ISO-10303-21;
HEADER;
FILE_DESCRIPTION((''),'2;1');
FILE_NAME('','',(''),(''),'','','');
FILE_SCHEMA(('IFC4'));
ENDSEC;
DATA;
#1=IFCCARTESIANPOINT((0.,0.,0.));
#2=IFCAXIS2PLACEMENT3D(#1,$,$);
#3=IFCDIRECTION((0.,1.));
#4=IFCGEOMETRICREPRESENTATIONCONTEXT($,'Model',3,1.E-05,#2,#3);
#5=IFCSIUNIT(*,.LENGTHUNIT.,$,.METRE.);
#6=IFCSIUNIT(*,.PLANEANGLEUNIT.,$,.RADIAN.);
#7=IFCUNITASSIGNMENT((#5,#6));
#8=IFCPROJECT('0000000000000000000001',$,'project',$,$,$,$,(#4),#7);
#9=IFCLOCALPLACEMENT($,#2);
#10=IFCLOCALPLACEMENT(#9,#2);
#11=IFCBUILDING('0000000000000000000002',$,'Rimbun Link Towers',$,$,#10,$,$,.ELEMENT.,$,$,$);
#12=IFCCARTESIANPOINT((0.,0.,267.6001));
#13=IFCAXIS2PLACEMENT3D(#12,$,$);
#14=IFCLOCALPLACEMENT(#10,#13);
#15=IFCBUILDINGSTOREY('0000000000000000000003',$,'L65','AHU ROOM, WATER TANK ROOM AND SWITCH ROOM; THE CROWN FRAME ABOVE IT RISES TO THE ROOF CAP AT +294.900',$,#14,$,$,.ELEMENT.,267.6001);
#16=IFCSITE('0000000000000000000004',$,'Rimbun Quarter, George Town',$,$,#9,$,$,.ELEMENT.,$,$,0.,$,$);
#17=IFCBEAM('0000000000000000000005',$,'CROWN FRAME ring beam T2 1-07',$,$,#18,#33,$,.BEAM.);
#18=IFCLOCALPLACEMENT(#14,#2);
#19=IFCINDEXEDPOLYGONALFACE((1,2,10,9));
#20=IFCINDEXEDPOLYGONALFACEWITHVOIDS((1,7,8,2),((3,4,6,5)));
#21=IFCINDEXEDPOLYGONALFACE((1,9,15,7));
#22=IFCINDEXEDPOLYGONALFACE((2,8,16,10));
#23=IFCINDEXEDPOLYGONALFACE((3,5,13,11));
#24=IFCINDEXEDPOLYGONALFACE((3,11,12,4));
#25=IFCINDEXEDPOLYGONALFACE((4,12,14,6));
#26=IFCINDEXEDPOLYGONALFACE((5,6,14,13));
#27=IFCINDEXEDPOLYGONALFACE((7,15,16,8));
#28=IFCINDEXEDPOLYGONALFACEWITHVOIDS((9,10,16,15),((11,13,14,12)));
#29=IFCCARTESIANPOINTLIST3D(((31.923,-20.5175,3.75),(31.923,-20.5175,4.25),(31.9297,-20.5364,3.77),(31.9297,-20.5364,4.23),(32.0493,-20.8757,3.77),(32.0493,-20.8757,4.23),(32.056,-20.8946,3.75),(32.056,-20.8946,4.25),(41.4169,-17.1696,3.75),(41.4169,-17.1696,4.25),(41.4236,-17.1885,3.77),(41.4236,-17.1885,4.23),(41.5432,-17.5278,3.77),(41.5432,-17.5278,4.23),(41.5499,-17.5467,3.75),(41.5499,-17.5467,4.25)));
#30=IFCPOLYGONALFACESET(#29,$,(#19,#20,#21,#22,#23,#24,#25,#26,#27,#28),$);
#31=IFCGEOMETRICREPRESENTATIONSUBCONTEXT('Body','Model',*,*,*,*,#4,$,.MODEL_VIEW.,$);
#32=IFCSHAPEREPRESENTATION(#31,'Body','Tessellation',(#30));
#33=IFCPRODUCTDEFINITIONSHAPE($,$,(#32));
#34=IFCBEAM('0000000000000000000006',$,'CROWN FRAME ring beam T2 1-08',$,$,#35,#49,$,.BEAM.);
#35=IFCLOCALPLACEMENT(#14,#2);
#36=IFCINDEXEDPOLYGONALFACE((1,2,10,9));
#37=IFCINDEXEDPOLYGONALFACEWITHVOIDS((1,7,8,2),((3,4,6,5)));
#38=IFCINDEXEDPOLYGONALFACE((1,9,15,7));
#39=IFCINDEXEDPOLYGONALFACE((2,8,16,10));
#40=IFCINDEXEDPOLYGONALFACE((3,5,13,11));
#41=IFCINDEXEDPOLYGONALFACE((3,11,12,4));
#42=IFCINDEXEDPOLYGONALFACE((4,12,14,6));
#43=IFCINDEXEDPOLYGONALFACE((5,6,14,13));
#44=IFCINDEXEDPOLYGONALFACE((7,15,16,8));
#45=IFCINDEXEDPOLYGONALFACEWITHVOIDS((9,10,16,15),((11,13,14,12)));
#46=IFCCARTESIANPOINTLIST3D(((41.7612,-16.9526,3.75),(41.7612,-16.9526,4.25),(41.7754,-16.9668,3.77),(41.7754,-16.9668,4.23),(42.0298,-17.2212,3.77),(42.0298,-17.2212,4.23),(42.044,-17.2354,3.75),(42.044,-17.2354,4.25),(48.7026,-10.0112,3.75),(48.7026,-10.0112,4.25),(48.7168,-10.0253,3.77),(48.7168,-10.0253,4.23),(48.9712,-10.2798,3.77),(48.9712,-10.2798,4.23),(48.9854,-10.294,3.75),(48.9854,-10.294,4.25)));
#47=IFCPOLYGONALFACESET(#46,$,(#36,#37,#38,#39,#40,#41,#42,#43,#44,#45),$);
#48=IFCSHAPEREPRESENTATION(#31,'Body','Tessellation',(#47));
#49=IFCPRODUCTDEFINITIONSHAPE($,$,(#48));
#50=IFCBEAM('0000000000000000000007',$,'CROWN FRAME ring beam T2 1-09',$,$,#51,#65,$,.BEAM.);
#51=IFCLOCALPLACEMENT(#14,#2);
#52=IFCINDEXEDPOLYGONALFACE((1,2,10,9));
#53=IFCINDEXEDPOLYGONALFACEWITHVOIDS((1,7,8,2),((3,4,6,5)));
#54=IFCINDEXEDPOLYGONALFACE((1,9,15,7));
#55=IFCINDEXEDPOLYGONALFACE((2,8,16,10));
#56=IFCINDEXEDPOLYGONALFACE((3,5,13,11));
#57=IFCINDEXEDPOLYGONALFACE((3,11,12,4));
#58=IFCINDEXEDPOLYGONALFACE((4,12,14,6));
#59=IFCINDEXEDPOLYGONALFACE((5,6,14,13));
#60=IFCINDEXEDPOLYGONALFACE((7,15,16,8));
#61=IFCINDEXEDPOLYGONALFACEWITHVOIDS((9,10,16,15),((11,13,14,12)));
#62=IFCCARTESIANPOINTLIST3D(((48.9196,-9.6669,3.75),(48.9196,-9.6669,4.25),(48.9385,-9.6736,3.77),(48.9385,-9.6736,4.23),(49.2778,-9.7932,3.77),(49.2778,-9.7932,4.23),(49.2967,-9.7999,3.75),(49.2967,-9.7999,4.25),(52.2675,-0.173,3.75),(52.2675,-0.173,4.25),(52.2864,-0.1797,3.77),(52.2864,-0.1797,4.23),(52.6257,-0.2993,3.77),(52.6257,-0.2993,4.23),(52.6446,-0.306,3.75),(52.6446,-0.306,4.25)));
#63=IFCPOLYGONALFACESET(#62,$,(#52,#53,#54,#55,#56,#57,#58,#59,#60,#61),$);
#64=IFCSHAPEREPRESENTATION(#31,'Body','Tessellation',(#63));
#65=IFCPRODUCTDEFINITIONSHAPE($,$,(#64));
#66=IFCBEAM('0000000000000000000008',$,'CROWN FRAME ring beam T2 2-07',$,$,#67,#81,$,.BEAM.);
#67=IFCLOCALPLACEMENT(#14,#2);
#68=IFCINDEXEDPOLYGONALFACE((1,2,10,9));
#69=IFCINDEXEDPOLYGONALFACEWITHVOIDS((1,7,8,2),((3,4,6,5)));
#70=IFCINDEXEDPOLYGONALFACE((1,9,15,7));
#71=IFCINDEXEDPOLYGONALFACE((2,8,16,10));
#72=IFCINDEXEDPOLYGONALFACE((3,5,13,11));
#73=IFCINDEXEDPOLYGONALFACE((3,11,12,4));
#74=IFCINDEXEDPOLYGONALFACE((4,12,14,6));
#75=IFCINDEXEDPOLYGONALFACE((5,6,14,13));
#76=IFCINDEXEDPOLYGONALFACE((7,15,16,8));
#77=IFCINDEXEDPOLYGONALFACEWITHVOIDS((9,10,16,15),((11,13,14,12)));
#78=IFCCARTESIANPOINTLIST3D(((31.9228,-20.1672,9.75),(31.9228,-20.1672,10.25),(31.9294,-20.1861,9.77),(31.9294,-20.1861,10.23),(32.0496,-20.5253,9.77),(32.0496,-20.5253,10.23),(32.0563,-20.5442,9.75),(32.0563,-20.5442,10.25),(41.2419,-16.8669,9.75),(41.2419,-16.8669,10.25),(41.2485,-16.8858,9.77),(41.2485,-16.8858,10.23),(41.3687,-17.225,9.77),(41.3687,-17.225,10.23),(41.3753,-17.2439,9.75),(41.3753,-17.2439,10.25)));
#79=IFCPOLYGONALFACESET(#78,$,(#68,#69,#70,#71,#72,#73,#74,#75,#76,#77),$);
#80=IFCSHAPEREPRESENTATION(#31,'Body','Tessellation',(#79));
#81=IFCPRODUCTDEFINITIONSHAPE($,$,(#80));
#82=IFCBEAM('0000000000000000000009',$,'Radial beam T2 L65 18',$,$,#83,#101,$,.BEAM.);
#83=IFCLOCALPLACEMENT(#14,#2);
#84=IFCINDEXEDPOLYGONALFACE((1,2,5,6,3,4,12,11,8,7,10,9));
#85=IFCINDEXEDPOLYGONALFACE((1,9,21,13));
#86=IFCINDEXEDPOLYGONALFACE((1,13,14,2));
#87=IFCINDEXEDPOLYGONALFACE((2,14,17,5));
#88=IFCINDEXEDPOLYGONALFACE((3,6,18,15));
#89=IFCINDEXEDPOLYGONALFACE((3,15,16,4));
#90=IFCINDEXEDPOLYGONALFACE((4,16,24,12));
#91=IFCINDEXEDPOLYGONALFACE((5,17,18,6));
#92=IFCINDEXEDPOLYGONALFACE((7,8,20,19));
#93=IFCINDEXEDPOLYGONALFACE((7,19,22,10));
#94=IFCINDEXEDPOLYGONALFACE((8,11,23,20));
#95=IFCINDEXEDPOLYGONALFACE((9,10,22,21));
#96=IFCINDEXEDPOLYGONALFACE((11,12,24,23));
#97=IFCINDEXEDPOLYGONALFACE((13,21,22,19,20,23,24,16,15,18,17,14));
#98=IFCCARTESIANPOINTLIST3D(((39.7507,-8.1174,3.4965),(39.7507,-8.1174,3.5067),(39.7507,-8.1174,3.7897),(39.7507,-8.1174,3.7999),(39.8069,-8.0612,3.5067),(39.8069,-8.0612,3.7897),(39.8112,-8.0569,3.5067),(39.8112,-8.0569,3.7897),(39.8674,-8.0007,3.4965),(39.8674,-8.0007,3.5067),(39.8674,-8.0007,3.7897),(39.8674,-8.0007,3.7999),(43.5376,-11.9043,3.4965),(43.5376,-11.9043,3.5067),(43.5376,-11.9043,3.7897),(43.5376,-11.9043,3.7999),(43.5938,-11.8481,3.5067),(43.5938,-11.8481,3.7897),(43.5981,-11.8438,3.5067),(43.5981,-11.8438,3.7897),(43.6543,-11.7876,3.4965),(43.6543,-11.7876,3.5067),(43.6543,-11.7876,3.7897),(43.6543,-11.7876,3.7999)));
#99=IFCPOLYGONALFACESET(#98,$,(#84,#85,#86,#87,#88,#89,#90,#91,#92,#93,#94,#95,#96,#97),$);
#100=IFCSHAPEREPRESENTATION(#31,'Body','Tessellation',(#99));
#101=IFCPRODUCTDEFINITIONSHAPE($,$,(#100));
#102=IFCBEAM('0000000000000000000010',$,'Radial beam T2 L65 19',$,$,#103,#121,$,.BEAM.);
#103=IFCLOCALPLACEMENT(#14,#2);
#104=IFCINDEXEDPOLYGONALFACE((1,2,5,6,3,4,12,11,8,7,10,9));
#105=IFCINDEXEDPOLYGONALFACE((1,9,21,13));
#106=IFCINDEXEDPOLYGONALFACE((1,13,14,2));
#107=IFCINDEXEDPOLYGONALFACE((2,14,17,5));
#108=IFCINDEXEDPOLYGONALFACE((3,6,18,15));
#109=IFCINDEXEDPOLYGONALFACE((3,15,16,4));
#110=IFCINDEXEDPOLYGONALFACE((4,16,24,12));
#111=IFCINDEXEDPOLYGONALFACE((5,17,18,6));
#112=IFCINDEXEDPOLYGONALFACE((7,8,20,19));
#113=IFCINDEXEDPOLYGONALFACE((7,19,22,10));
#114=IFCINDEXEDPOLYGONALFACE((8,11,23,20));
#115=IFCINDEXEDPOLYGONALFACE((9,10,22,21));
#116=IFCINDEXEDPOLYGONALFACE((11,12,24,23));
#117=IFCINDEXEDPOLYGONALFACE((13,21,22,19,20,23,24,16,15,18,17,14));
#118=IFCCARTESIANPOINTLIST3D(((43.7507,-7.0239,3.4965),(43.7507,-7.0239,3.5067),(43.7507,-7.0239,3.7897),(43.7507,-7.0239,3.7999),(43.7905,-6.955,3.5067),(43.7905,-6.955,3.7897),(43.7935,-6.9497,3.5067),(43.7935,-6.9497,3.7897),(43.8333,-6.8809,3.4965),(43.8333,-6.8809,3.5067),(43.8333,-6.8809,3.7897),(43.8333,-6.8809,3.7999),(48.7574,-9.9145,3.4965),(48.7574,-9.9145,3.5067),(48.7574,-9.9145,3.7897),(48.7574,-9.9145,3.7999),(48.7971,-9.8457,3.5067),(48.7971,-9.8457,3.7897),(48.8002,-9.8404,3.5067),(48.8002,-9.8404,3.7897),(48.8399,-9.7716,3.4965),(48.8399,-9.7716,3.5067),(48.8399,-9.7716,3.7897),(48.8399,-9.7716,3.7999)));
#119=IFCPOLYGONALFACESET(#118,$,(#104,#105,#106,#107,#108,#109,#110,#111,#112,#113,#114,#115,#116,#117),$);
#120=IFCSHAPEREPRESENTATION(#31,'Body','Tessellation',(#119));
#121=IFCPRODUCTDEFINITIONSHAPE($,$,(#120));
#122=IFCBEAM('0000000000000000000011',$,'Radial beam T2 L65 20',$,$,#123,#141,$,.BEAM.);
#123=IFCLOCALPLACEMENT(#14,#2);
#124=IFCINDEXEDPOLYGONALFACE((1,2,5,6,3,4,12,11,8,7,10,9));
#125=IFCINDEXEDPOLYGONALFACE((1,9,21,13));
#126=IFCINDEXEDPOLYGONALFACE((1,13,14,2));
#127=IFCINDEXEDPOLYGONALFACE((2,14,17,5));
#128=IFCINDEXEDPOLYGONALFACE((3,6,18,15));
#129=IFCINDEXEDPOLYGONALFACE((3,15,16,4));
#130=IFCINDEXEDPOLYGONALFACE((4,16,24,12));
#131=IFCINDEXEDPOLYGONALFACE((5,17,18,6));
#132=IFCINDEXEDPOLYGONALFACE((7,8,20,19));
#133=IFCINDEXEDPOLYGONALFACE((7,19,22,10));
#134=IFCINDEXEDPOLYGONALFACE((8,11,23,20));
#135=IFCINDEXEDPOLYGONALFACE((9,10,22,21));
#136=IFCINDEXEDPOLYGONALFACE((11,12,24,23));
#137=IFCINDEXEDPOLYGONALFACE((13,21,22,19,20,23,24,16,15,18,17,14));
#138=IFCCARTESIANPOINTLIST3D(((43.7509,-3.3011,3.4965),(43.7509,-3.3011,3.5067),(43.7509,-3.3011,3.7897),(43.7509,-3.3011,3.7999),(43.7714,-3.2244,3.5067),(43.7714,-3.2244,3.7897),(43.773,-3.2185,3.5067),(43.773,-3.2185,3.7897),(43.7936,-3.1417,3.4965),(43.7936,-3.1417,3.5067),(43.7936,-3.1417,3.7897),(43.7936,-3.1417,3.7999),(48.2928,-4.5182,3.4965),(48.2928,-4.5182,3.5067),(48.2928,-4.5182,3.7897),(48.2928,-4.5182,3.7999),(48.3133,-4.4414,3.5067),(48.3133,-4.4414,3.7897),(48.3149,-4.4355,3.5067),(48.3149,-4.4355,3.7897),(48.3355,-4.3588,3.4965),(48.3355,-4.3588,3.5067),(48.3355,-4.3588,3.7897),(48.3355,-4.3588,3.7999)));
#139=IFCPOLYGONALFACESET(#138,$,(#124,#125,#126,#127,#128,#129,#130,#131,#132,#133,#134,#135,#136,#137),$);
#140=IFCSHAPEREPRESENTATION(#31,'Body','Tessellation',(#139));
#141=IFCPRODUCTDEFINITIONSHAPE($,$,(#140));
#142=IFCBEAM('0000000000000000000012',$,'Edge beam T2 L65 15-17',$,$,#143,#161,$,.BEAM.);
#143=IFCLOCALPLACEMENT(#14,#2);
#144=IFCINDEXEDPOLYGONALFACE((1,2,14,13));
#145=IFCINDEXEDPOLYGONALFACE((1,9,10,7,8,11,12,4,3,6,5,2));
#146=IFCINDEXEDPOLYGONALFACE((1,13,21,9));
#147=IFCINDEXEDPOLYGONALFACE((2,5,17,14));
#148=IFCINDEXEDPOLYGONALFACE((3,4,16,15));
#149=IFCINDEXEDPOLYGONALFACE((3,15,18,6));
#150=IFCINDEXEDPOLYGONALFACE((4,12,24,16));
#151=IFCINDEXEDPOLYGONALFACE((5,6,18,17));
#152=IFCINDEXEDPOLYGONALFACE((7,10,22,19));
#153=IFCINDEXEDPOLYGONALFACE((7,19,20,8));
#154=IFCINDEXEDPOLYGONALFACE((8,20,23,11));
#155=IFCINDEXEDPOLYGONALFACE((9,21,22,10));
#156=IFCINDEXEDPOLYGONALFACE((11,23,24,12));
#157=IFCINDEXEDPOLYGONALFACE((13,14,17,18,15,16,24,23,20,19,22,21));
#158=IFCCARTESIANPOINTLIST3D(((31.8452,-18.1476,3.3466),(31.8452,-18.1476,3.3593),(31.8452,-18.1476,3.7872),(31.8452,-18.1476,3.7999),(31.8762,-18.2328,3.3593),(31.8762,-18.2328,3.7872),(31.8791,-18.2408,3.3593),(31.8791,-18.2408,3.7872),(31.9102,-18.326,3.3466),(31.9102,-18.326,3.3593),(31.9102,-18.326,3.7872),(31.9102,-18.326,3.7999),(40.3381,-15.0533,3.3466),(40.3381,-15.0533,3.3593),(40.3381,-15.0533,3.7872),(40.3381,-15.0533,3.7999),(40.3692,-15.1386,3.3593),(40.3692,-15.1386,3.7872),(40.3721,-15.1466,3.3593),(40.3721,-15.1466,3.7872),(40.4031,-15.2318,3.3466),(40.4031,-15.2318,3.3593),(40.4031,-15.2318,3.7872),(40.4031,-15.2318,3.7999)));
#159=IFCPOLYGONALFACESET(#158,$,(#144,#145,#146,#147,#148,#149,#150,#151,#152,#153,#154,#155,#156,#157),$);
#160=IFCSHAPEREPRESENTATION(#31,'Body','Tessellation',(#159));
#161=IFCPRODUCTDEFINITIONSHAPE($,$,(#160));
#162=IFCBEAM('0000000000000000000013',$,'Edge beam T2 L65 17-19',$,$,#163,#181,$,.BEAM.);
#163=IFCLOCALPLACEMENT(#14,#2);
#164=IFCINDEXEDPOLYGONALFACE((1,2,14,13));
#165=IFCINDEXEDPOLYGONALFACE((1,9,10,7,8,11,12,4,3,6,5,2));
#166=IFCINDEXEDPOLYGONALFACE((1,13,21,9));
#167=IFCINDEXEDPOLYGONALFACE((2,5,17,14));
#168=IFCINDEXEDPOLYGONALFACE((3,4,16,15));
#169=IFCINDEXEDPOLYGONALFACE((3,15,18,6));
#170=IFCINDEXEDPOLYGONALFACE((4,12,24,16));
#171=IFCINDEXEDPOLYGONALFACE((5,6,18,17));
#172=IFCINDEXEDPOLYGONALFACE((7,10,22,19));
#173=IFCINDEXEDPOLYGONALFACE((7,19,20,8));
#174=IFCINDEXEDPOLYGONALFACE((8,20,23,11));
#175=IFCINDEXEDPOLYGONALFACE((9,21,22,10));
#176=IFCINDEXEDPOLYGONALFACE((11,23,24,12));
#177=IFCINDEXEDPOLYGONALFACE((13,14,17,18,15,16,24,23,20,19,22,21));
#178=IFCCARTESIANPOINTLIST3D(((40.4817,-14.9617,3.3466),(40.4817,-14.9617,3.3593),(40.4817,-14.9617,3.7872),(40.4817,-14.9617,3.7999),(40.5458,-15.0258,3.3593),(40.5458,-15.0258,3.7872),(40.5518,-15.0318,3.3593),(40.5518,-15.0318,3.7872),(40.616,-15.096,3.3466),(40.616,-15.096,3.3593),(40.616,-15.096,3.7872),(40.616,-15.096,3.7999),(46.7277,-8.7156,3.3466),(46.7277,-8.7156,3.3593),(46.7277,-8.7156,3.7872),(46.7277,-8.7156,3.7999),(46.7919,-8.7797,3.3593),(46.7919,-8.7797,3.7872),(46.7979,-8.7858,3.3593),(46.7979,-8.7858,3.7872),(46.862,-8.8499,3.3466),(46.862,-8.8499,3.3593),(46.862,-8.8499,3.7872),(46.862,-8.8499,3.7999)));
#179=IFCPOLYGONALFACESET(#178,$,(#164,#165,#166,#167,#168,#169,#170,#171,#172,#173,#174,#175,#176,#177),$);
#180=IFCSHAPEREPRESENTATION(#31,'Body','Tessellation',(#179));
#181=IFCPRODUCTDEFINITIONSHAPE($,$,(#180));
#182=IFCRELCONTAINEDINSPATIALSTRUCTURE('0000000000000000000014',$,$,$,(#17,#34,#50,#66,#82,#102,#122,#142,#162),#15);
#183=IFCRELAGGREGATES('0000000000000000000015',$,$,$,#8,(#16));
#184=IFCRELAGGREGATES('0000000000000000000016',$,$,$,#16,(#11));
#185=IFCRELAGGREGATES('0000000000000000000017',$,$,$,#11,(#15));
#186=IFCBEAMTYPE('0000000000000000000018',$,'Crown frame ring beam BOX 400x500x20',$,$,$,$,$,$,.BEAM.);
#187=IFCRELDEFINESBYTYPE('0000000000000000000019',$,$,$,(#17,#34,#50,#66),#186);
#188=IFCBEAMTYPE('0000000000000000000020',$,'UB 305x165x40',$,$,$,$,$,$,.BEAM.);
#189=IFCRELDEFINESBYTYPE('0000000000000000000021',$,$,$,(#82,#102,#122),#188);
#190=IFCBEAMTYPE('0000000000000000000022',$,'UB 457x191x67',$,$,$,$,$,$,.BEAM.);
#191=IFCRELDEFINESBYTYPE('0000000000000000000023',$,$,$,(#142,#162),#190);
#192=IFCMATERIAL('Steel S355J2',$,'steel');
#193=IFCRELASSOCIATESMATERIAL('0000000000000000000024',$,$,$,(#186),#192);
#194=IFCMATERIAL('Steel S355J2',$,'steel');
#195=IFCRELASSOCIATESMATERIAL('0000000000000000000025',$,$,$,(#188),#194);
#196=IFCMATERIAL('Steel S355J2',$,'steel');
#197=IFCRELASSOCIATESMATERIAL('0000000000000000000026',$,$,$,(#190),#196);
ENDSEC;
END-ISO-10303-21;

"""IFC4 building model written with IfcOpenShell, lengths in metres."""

from ifc_helpers import new_model, si_unit, direction, frame, origin, origin_2d, place, context, subcontext, project, spatial, hollow_rectangle, i_section, extrude, material, material_profile, profile_set, type_object, element, save


model = new_model("IFC4")

# Units and contexts
model_context = context("Model", 3, precision=1e-05, world=origin(), true_north=direction((0.0, 1.0)))
body_context = subcontext(model_context, "Body", "Model", "MODEL_VIEW")
ifc_project = project(units=[si_unit("LENGTHUNIT", "METRE"), si_unit("PLANEANGLEUNIT", "RADIAN")], contexts=[model_context])

# Site, building, storey
site_placement = place(None, origin())
site = spatial("IfcSite", under=ifc_project, at=site_placement, Name="Rimbun Quarter, George Town", CompositionType="ELEMENT", RefElevation=0.0)
building_placement = place(site_placement, origin())
building = spatial("IfcBuilding", under=site, at=building_placement, Name="Rimbun Link Towers", CompositionType="ELEMENT")
storey_placement = place(building_placement, frame((0.0, 0.0, 267.6001)))
storey = spatial("IfcBuildingStorey", under=building, at=storey_placement, Name="L65", Description="AHU ROOM, WATER TANK ROOM AND SWITCH ROOM; THE CROWN FRAME ABOVE IT RISES TO THE ROOF CAP AT +294.900", CompositionType="ELEMENT", Elevation=267.6001)

# Beams
ifc_material_1 = material(Name="Steel S355J2", Category="steel")
ifc_material_profile_1 = material_profile(ifc_material_1, hollow_rectangle(XDim=0.3999, YDim=0.5, WallThickness=0.02, at=origin_2d()), Name="Crown frame ring beam BOX 400x500x20")
ifc_profile_set_1 = profile_set([ifc_material_profile_1], Name="Steel S355J2")
beam_type_1 = type_object("IfcBeamType", Name="Crown frame ring beam BOX 400x500x20", PredefinedType="BEAM", material=ifc_profile_set_1)
beam_1_placement = place(storey_placement, frame((31.9895, -20.7061, 4.0), z_axis=(0.94308, 0.332565, 0.0), x_axis=(-0.332565, 0.94308, 0.0)))
element("IfcBeam", 1, at=beam_1_placement, inside=storey, type_object=beam_type_1, Name="CROWN FRAME ring beam T2 1-07", PredefinedType="BEAM", context=body_context, shape_type="SweptSolid", body=[
    extrude(hollow_rectangle(XDim=0.3999, YDim=0.5, WallThickness=0.02, at=origin_2d()), origin(), (0.0, 0.0, 1.0), 10.0669),
])
beam_2_placement = place(storey_placement, frame((41.9026, -17.094, 4.0), z_axis=(0.707107, 0.707107, 0.0), x_axis=(-0.707107, 0.707107, 0.0)))
element("IfcBeam", 2, at=beam_2_placement, inside=storey, type_object=beam_type_1, Name="CROWN FRAME ring beam T2 1-08", PredefinedType="BEAM", context=body_context, shape_type="SweptSolid", body=[
    extrude(hollow_rectangle(XDim=0.3999, YDim=0.5, WallThickness=0.02, at=origin_2d()), origin(), (0.0, 0.0, 1.0), 9.8167),
])
beam_3_placement = place(storey_placement, frame((49.1082, -9.7334, 4.0), z_axis=(0.332565, 0.94308, 0.0), x_axis=(-0.94308, 0.332565, 0.0)))
element("IfcBeam", 3, at=beam_3_placement, inside=storey, type_object=beam_type_1, Name="CROWN FRAME ring beam T2 1-09", PredefinedType="BEAM", context=body_context, shape_type="SweptSolid", body=[
    extrude(hollow_rectangle(XDim=0.3999, YDim=0.5, WallThickness=0.02, at=origin_2d()), origin(), (0.0, 0.0, 1.0), 10.0669),
])
beam_4_placement = place(storey_placement, frame((31.9895, -20.3557, 10.0), z_axis=(0.942634, 0.333827, 0.0), x_axis=(-0.333827, 0.942634, 0.0)))
element("IfcBeam", 4, at=beam_4_placement, inside=storey, type_object=beam_type_1, Name="CROWN FRAME ring beam T2 2-07", PredefinedType="BEAM", context=body_context, shape_type="SweptSolid", body=[
    extrude(hollow_rectangle(XDim=0.3999, YDim=0.5, WallThickness=0.02, at=origin_2d()), origin(), (0.0, 0.0, 1.0), 9.8862),
])
ifc_material_2 = material(Name="Steel S355J2", Category="steel")
ifc_material_profile_2 = material_profile(ifc_material_2, i_section(OverallWidth=0.165, OverallDepth=0.3035, WebThickness=0.0061, FlangeThickness=0.0103, at=origin_2d()), Name="UB 305x165x40")
ifc_profile_set_2 = profile_set([ifc_material_profile_2], Name="Steel S355J2")
beam_type_2 = type_object("IfcBeamType", Name="UB 305x165x40", PredefinedType="BEAM", material=ifc_profile_set_2)
beam_5_placement = place(storey_placement, frame((39.8091, -8.0591, 3.6482), z_axis=(0.707107, -0.707107, 0.0), x_axis=(0.707107, 0.707107, 0.0)))
element("IfcBeam", 5, at=beam_5_placement, inside=storey, type_object=beam_type_2, Name="Radial beam T2 L65 18", PredefinedType="BEAM", context=body_context, shape_type="SweptSolid", body=[
    extrude(i_section(OverallWidth=0.165, OverallDepth=0.3035, WebThickness=0.0061, FlangeThickness=0.0103, at=origin_2d()), origin(), (0.0, 0.0, 1.0), 5.3555),
])
beam_6_placement = place(storey_placement, frame((43.792, -6.9524, 3.6482), z_axis=(0.86602, -0.500009, 0.0), x_axis=(0.500009, 0.86602, 0.0)))
element("IfcBeam", 6, at=beam_6_placement, inside=storey, type_object=beam_type_2, Name="Radial beam T2 L65 19", PredefinedType="BEAM", context=body_context, shape_type="SweptSolid", body=[
    extrude(i_section(OverallWidth=0.165, OverallDepth=0.3035, WebThickness=0.0061, FlangeThickness=0.0103, at=origin_2d()), origin(), (0.0, 0.0, 1.0), 5.7812),
])
beam_7_placement = place(storey_placement, frame((43.7722, -3.2214, 3.6482), z_axis=(0.965925, -0.258823, 0.0), x_axis=(0.258823, 0.965925, 0.0)))
element("IfcBeam", 7, at=beam_7_placement, inside=storey, type_object=beam_type_2, Name="Radial beam T2 L65 20", PredefinedType="BEAM", context=body_context, shape_type="SweptSolid", body=[
    extrude(i_section(OverallWidth=0.165, OverallDepth=0.3035, WebThickness=0.0061, FlangeThickness=0.0103, at=origin_2d()), origin(), (0.0, 0.0, 1.0), 4.7021),
])
ifc_material_3 = material(Name="Steel S355J2", Category="steel")
ifc_material_profile_3 = material_profile(ifc_material_3, i_section(OverallWidth=0.1899, OverallDepth=0.4534, WebThickness=0.0085, FlangeThickness=0.0127, at=origin_2d()), Name="UB 457x191x67")
ifc_profile_set_3 = profile_set([ifc_material_profile_3], Name="Steel S355J2")
beam_type_3 = type_object("IfcBeamType", Name="UB 457x191x67", PredefinedType="BEAM", material=ifc_profile_set_3)
beam_8_placement = place(storey_placement, frame((31.8777, -18.2368, 3.5732), z_axis=(0.939583, 0.34232, 0.0), x_axis=(-0.34232, 0.939583, 0.0)))
element("IfcBeam", 8, at=beam_8_placement, inside=storey, type_object=beam_type_3, Name="Edge beam T2 L65 15-17", PredefinedType="BEAM", context=body_context, shape_type="SweptSolid", body=[
    extrude(i_section(OverallWidth=0.1899, OverallDepth=0.4534, WebThickness=0.0085, FlangeThickness=0.0127, at=origin_2d()), origin(), (0.0, 0.0, 1.0), 9.0391),
])
beam_9_placement = place(storey_placement, frame((40.5488, -15.0288, 3.5732), z_axis=(0.707107, 0.707107, 0.0), x_axis=(-0.707107, 0.707107, 0.0)))
element("IfcBeam", 9, at=beam_9_placement, inside=storey, type_object=beam_type_3, Name="Edge beam T2 L65 17-19", PredefinedType="BEAM", context=body_context, shape_type="SweptSolid", body=[
    extrude(i_section(OverallWidth=0.1899, OverallDepth=0.4534, WebThickness=0.0085, FlangeThickness=0.0127, at=origin_2d()), origin(), (0.0, 0.0, 1.0), 8.8333),
])

save(model, "model.ifc")
